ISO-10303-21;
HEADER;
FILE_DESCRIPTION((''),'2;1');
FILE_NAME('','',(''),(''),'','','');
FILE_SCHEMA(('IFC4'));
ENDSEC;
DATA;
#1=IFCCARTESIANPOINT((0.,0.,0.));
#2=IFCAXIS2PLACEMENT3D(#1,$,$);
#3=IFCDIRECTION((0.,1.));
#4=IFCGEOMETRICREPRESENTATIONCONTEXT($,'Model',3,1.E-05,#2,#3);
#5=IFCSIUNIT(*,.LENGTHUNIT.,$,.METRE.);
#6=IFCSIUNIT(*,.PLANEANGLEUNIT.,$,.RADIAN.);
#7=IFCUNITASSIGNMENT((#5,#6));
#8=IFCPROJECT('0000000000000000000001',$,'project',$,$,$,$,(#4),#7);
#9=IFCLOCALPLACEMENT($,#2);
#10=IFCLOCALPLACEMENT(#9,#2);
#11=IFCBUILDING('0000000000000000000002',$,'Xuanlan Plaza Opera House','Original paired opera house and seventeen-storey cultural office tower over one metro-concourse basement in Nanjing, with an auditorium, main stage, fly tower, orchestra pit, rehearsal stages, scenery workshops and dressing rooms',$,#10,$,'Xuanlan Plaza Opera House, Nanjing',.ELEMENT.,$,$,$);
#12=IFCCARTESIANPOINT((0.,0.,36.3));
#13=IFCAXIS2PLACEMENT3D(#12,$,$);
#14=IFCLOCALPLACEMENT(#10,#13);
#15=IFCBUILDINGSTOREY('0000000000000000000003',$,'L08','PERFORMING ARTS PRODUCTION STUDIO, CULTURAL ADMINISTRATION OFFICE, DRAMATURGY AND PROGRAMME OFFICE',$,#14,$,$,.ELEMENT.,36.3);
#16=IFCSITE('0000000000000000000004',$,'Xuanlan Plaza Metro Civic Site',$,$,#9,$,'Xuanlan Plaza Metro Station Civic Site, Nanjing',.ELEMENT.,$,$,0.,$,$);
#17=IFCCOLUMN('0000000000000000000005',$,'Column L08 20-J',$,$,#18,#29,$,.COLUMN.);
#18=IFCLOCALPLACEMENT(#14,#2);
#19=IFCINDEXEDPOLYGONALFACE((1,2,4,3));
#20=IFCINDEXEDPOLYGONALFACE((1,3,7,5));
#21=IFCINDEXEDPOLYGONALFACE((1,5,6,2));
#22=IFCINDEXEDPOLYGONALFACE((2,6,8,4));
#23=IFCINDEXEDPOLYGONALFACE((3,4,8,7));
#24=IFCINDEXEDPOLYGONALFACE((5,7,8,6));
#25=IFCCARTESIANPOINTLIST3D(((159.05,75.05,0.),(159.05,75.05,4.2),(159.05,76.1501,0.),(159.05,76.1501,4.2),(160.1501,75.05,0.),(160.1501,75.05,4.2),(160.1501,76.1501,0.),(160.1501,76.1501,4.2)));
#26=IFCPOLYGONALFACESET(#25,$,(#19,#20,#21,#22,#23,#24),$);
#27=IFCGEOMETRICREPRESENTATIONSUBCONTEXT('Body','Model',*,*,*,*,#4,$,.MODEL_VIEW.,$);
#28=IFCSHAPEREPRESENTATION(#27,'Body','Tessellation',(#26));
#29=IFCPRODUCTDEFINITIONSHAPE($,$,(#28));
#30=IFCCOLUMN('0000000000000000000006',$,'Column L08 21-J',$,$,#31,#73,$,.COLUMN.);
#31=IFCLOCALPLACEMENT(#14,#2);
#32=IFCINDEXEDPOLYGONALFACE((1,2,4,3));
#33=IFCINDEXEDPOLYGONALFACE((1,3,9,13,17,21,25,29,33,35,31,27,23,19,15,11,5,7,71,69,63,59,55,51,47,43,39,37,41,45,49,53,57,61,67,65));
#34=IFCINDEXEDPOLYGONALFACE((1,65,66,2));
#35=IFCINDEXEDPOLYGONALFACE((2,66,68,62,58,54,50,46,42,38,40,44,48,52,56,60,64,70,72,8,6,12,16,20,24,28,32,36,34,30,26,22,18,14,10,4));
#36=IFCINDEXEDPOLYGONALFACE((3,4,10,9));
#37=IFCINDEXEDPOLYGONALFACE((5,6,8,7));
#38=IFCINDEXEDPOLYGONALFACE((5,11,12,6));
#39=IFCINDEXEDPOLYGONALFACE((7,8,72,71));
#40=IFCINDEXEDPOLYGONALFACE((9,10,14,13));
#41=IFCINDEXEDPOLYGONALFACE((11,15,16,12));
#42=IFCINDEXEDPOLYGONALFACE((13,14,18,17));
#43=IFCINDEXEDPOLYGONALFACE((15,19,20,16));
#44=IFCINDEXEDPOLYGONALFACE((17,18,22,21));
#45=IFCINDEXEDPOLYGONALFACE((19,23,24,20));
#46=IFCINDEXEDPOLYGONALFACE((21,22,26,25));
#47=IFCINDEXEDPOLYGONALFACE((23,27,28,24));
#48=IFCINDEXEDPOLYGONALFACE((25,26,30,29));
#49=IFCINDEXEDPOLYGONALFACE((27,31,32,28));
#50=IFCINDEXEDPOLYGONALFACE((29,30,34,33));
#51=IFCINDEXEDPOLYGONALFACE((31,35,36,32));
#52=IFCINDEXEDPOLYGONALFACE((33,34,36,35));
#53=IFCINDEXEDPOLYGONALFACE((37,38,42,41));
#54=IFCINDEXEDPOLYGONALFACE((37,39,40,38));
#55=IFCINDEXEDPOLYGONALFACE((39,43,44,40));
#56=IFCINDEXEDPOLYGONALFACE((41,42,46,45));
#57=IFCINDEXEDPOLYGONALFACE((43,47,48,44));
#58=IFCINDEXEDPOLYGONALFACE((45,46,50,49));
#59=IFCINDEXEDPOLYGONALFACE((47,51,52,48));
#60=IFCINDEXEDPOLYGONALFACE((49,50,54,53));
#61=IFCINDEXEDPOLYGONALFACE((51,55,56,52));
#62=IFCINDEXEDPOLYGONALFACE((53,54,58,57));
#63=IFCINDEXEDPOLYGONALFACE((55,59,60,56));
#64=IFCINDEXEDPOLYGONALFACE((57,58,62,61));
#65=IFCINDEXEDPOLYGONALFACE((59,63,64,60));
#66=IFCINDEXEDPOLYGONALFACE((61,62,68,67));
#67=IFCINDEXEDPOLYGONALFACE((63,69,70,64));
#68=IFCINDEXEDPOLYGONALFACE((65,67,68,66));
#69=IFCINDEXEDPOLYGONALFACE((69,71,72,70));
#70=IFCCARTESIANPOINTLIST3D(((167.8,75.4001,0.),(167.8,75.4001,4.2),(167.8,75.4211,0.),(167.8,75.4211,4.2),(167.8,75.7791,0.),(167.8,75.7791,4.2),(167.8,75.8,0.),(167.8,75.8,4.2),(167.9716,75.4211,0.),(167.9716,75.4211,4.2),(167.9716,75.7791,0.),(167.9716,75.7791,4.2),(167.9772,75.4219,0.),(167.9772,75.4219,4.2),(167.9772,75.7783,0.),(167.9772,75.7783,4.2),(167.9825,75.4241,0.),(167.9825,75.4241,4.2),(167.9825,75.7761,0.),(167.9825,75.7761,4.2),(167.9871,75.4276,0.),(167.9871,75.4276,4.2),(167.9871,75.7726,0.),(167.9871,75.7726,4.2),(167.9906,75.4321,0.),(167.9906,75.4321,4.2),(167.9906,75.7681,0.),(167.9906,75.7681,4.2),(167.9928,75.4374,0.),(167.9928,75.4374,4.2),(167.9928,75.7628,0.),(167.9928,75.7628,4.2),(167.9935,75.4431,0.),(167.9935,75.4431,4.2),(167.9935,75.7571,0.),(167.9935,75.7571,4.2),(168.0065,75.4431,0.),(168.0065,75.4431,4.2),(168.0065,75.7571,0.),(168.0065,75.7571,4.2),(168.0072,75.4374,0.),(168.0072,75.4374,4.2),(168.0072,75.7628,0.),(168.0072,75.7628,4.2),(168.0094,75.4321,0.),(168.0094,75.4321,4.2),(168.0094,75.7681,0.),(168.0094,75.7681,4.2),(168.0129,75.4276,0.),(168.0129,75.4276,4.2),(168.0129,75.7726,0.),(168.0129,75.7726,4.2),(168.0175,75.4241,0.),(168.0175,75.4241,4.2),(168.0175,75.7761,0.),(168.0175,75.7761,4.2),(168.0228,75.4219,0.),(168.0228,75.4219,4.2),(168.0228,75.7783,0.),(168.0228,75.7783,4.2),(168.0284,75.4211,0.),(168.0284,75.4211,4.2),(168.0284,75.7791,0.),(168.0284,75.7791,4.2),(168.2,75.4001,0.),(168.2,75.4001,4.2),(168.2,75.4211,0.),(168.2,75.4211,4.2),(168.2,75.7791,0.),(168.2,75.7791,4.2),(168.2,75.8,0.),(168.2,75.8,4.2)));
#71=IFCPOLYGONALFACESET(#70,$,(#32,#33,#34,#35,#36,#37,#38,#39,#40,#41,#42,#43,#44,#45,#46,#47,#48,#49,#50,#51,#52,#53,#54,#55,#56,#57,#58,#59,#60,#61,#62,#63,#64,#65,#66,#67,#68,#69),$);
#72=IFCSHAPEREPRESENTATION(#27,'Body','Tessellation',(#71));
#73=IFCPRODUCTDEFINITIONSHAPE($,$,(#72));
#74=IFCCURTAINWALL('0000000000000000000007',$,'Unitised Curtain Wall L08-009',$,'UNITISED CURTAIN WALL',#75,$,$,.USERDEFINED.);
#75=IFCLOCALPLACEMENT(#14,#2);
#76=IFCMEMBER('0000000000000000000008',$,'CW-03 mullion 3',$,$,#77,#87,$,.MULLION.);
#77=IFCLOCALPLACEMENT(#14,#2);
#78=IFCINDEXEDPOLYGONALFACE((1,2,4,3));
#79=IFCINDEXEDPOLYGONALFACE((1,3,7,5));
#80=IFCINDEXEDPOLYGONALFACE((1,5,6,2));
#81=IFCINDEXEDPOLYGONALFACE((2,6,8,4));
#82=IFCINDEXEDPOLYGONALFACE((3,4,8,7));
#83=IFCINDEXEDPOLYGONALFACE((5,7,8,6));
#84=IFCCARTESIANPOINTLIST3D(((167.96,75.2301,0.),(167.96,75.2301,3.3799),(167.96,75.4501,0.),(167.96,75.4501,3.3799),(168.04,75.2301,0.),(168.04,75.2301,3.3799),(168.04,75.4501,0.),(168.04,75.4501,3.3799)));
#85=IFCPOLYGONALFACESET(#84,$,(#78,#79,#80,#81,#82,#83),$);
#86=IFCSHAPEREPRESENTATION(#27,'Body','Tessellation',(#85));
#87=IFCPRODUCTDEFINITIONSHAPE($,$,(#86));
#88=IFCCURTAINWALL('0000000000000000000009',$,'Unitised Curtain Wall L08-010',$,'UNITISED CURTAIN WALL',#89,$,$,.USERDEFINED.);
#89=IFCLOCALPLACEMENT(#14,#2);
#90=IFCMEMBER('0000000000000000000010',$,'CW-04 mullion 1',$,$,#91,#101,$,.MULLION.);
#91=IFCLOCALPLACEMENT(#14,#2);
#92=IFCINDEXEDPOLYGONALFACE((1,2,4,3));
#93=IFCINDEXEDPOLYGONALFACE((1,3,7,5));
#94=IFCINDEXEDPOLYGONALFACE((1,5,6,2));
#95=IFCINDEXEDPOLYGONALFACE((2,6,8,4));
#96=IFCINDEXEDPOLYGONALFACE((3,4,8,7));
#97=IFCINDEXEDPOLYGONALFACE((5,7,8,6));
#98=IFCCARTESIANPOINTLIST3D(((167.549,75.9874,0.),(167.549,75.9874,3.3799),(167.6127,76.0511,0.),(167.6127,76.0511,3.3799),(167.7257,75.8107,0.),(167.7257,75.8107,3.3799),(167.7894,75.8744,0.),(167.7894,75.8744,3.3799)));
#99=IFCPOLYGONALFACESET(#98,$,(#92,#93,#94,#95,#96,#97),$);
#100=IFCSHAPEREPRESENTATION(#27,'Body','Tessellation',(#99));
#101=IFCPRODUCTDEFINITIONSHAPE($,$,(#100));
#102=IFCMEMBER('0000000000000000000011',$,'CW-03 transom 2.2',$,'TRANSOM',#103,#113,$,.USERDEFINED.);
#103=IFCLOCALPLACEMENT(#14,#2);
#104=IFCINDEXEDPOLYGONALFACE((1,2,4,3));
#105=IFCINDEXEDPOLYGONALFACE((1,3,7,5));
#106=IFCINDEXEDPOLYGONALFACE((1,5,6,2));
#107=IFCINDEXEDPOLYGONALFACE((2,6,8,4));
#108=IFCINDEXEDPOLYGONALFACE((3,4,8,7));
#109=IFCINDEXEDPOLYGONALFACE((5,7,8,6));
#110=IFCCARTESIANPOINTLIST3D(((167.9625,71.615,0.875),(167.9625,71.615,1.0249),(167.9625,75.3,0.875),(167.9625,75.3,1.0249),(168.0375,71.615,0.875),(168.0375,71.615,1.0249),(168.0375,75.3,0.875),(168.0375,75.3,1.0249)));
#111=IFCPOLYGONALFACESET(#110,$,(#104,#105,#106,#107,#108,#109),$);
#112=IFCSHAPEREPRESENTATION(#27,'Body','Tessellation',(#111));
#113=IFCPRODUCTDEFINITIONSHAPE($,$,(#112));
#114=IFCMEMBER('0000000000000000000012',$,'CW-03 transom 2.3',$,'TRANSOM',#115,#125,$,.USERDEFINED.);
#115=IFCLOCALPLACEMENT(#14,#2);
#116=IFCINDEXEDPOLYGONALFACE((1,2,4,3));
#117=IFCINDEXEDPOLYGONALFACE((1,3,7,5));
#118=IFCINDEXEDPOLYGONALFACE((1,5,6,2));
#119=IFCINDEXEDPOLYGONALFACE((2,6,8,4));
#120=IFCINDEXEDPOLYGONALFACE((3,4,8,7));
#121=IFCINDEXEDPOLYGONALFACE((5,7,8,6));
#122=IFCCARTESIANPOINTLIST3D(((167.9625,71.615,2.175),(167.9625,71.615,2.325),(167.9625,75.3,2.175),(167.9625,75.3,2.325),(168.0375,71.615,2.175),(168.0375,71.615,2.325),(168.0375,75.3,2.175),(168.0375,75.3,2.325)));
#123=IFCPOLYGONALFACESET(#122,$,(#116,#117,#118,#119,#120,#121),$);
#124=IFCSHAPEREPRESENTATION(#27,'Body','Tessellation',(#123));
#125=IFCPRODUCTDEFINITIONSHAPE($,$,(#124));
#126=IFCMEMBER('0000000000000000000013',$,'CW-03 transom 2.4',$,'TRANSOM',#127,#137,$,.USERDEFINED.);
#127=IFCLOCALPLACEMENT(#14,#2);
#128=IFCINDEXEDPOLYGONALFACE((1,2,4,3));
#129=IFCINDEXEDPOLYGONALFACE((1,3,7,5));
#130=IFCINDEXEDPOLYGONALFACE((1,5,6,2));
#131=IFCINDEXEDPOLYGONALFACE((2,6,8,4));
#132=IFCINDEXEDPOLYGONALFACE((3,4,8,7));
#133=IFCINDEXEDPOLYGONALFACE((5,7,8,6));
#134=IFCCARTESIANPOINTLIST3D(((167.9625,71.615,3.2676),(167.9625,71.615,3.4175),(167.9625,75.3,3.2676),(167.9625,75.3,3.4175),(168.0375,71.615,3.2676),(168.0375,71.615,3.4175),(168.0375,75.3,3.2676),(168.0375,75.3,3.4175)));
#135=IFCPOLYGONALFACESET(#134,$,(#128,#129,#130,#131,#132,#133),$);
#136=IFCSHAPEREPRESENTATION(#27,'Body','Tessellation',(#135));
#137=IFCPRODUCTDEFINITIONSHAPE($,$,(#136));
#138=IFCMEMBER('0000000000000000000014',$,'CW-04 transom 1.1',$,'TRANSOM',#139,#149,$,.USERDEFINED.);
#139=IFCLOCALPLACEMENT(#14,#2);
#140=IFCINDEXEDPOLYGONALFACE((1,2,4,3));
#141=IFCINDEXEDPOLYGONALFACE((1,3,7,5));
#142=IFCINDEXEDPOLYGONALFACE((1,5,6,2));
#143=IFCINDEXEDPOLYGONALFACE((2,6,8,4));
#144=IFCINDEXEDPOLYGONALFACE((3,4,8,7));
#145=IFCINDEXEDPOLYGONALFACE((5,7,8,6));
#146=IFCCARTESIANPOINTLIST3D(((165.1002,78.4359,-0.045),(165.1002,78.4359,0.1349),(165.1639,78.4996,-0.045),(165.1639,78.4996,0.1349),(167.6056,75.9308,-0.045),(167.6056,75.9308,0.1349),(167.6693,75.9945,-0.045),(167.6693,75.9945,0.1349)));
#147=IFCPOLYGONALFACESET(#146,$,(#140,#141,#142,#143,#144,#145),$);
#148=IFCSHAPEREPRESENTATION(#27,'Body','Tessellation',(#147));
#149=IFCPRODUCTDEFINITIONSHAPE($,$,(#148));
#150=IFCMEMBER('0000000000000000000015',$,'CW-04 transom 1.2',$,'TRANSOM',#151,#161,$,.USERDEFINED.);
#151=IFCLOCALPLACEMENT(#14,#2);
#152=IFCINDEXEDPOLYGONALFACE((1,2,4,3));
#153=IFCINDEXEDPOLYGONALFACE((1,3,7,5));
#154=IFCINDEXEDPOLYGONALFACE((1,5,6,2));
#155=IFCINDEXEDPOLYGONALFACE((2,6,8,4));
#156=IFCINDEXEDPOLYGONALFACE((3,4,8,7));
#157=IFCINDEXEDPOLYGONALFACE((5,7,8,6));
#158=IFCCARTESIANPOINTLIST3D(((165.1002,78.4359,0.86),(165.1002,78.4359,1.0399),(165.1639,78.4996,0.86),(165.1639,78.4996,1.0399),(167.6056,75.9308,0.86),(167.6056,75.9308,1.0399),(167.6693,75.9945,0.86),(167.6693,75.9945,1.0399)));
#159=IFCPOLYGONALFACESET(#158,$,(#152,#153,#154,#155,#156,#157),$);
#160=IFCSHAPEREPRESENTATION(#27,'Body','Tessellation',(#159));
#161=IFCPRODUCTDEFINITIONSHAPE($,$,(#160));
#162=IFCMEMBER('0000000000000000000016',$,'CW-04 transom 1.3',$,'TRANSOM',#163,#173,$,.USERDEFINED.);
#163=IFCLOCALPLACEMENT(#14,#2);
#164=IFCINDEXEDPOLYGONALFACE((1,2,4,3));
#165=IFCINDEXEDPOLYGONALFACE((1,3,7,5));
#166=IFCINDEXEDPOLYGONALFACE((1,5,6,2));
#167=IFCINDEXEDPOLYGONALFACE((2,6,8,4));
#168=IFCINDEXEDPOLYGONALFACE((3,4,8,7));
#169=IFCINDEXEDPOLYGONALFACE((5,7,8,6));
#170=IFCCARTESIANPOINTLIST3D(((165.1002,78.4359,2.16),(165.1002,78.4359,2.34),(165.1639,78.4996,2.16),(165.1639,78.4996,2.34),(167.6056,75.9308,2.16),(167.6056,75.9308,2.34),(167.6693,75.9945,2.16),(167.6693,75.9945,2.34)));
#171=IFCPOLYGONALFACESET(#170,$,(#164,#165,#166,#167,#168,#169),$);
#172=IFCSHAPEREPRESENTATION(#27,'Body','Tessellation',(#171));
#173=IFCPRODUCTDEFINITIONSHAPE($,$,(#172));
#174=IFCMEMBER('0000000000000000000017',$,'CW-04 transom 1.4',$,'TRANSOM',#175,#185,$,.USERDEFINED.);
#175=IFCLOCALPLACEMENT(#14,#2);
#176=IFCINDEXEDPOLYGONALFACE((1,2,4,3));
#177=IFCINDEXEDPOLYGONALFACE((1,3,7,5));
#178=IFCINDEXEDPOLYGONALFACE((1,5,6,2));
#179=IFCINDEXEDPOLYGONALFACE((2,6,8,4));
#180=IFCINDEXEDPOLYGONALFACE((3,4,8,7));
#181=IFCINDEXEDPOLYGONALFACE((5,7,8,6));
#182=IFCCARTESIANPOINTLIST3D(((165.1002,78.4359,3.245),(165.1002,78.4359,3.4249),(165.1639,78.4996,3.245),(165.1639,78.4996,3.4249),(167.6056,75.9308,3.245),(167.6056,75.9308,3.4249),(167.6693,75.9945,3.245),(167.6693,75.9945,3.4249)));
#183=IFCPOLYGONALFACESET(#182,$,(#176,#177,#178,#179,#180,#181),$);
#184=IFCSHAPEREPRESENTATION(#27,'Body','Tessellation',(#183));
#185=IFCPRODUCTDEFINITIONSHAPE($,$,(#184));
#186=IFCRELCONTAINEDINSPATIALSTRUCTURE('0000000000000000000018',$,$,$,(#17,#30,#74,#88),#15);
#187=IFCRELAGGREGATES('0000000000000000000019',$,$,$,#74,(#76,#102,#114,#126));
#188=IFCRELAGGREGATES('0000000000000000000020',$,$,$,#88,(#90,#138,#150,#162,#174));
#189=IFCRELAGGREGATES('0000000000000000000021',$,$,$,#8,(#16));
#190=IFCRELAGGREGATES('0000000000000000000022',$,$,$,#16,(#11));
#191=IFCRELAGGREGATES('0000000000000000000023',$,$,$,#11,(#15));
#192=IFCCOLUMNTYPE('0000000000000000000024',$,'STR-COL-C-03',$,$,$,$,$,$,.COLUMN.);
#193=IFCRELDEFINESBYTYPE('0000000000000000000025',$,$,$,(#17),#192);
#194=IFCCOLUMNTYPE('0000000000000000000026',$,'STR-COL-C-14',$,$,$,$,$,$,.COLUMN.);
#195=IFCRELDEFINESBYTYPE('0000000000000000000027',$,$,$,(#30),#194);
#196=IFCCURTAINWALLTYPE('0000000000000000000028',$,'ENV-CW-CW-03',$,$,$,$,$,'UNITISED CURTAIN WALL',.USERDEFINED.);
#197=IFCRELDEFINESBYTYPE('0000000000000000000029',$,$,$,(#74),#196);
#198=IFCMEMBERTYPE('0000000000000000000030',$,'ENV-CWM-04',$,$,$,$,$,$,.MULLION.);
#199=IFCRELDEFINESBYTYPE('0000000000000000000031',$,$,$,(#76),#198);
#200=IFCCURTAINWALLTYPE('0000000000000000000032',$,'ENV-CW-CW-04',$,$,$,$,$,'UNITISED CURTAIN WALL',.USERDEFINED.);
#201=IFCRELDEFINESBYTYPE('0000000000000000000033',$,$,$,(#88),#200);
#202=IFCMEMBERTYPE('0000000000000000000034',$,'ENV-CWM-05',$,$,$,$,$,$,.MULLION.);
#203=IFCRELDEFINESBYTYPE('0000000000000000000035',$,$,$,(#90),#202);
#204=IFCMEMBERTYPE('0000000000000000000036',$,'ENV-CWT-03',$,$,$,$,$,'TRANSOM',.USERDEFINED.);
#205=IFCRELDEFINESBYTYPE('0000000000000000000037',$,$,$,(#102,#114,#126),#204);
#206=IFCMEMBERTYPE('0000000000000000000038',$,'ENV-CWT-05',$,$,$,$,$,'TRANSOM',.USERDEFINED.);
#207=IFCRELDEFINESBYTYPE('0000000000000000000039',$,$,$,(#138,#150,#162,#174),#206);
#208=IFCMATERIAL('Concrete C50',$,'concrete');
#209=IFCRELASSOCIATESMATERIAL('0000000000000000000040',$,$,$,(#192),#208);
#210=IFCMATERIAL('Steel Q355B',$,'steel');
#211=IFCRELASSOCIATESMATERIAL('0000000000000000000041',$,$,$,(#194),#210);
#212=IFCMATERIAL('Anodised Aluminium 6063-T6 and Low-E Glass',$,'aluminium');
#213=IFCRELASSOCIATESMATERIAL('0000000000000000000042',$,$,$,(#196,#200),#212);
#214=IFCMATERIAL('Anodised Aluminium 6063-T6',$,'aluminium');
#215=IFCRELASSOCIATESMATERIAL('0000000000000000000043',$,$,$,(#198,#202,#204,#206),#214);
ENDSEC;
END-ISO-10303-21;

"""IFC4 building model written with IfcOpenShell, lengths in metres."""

from ifc_helpers import new_model, si_unit, direction, frame, origin, origin_2d, place, context, subcontext, project, spatial, rectangle, i_section, extrude, material, material_profile, profile_set, type_object, element, aggregate, save


model = new_model("IFC4")

# Units and contexts
model_context = context("Model", 3, precision=1e-05, world=origin(), true_north=direction((0.0, 1.0)))
body_context = subcontext(model_context, "Body", "Model", "MODEL_VIEW")
ifc_project = project(units=[si_unit("LENGTHUNIT", "METRE"), si_unit("PLANEANGLEUNIT", "RADIAN")], contexts=[model_context])

# Site, building, storey
site_placement = place(None, origin())
site = spatial("IfcSite", under=ifc_project, at=site_placement, Name="Xuanlan Plaza Metro Civic Site", LongName="Xuanlan Plaza Metro Station Civic Site, Nanjing", CompositionType="ELEMENT", RefElevation=0.0)
building_placement = place(site_placement, origin())
building = spatial("IfcBuilding", under=site, at=building_placement, Name="Xuanlan Plaza Opera House", Description="Original paired opera house and seventeen-storey cultural office tower over one metro-concourse basement in Nanjing, with an auditorium, main stage, fly tower, orchestra pit, rehearsal stages, scenery workshops and dressing rooms", LongName="Xuanlan Plaza Opera House, Nanjing", CompositionType="ELEMENT")
storey_placement = place(building_placement, frame((0.0, 0.0, 36.3)))
storey = spatial("IfcBuildingStorey", under=building, at=storey_placement, Name="L08", Description="PERFORMING ARTS PRODUCTION STUDIO, CULTURAL ADMINISTRATION OFFICE, DRAMATURGY AND PROGRAMME OFFICE", CompositionType="ELEMENT", Elevation=36.3)

# Columns
ifc_material_1 = material(Name="Concrete C50", Category="concrete")
ifc_material_profile_1 = material_profile(ifc_material_1, rectangle(XDim=1.1001, YDim=1.1001, at=origin_2d()), Name="RC-COL 1100x1100")
ifc_profile_set_1 = profile_set([ifc_material_profile_1], Name="Concrete C50")
column_type_1 = type_object("IfcColumnType", Name="STR-COL-C-03", PredefinedType="COLUMN", material=ifc_profile_set_1)
column_1_placement = place(storey_placement, frame((159.6001, 75.6001, 0.0), z_axis=(0.0, 0.0, 1.0), x_axis=(1.0, 0.0, 0.0)))
element("IfcColumn", 1, at=column_1_placement, inside=storey, type_object=column_type_1, Name="Column L08 20-J", PredefinedType="COLUMN", context=body_context, shape_type="SweptSolid", body=[
    extrude(rectangle(XDim=1.1001, YDim=1.1001, at=origin_2d()), origin(), (0.0, 0.0, 1.0), 4.2),
])
ifc_material_2 = material(Name="Steel Q355B", Category="steel")
ifc_material_profile_2 = material_profile(ifc_material_2, i_section(OverallWidth=0.3999, OverallDepth=0.3999, WebThickness=0.0129, FlangeThickness=0.021, FilletRadius=0.022, at=origin_2d()), Name="HW 400x400x13x21")
ifc_profile_set_2 = profile_set([ifc_material_profile_2], Name="Steel Q355B")
column_type_2 = type_object("IfcColumnType", Name="STR-COL-C-14", PredefinedType="COLUMN", material=ifc_profile_set_2)
column_2_placement = place(storey_placement, frame((168.0, 75.6001, 0.0), z_axis=(0.0, 0.0, 1.0), x_axis=(1.0, 0.0, 0.0)))
element("IfcColumn", 2, at=column_2_placement, inside=storey, type_object=column_type_2, Name="Column L08 21-J", PredefinedType="COLUMN", context=body_context, shape_type="SweptSolid", body=[
    extrude(i_section(OverallWidth=0.3999, OverallDepth=0.3999, WebThickness=0.0129, FlangeThickness=0.021, FilletRadius=0.022, at=origin_2d()), origin(), (0.0, 0.0, 1.0), 4.2),
])

# Curtain walls, members
ifc_material_3 = material(Name="Anodised Aluminium 6063-T6 and Low-E Glass", Category="aluminium")
curtain_wall_type_1 = type_object("IfcCurtainWallType", Name="ENV-CW-CW-03", ElementType="UNITISED CURTAIN WALL", PredefinedType="USERDEFINED", material=ifc_material_3)
curtain_wall_1_placement = place(storey_placement, origin())
curtain_wall_1 = element("IfcCurtainWall", 3, at=curtain_wall_1_placement, inside=storey, type_object=curtain_wall_type_1, Name="Unitised Curtain Wall L08-009", ObjectType="UNITISED CURTAIN WALL", PredefinedType="USERDEFINED")
ifc_material_4 = material(Name="Anodised Aluminium 6063-T6", Category="aluminium")
ifc_material_profile_3 = material_profile(ifc_material_4, rectangle(XDim=0.0801, YDim=0.22, at=origin_2d()), Name="ALU-M 80x220")
ifc_profile_set_3 = profile_set([ifc_material_profile_3], Name="Anodised Aluminium 6063-T6")
member_type_1 = type_object("IfcMemberType", Name="ENV-CWM-04", PredefinedType="MULLION", material=ifc_profile_set_3)
member_1_placement = place(storey_placement, frame((168.0, 75.3401, 0.0), z_axis=(0.0, 0.0, 1.0), x_axis=(-1.0, 0.0, 0.0)))
member_1 = element("IfcMember", 4, at=member_1_placement, type_object=member_type_1, Name="CW-03 mullion 3", PredefinedType="MULLION", context=body_context, shape_type="SweptSolid", body=[
    extrude(rectangle(XDim=0.0801, YDim=0.22, at=origin_2d()), origin(), (0.0, 0.0, 1.0), 3.3799),
])
curtain_wall_type_2 = type_object("IfcCurtainWallType", Name="ENV-CW-CW-04", ElementType="UNITISED CURTAIN WALL", PredefinedType="USERDEFINED", material=ifc_material_3)
curtain_wall_2_placement = place(storey_placement, origin())
curtain_wall_2 = element("IfcCurtainWall", 5, at=curtain_wall_2_placement, inside=storey, type_object=curtain_wall_type_2, Name="Unitised Curtain Wall L08-010", ObjectType="UNITISED CURTAIN WALL", PredefinedType="USERDEFINED")
ifc_material_profile_4 = material_profile(ifc_material_4, rectangle(XDim=0.0901, YDim=0.25, at=origin_2d()), Name="ALU-M 90x250")
ifc_profile_set_4 = profile_set([ifc_material_profile_4], Name="Anodised Aluminium 6063-T6")
member_type_2 = type_object("IfcMemberType", Name="ENV-CWM-05", PredefinedType="MULLION", material=ifc_profile_set_4)
member_2_placement = place(storey_placement, frame((167.6692, 75.9309, 0.0), z_axis=(0.0, 0.0, 1.0), x_axis=(-0.707107, -0.707107, 0.0)))
member_2 = element("IfcMember", 6, at=member_2_placement, type_object=member_type_2, Name="CW-04 mullion 1", PredefinedType="MULLION", context=body_context, shape_type="SweptSolid", body=[
    extrude(rectangle(XDim=0.0901, YDim=0.25, at=origin_2d()), origin(), (0.0, 0.0, 1.0), 3.3799),
])

# Members
ifc_material_profile_5 = material_profile(ifc_material_4, rectangle(XDim=0.075, YDim=0.1499, at=origin_2d()), Name="ALU-T 75x150")
ifc_profile_set_5 = profile_set([ifc_material_profile_5], Name="Anodised Aluminium 6063-T6")
member_type_3 = type_object("IfcMemberType", Name="ENV-CWT-03", ElementType="TRANSOM", PredefinedType="USERDEFINED", material=ifc_profile_set_5)
member_3_placement = place(storey_placement, frame((168.0, 71.615, 0.95), z_axis=(0.0, 1.0, 0.0), x_axis=(-1.0, 0.0, 0.0)))
member_3 = element("IfcMember", 7, at=member_3_placement, type_object=member_type_3, Name="CW-03 transom 2.2", ObjectType="TRANSOM", PredefinedType="USERDEFINED", context=body_context, shape_type="SweptSolid", body=[
    extrude(rectangle(XDim=0.075, YDim=0.1499, at=origin_2d()), origin(), (0.0, 0.0, 1.0), 3.6851),
])
member_4_placement = place(storey_placement, frame((168.0, 71.615, 2.25), z_axis=(0.0, 1.0, 0.0), x_axis=(-1.0, 0.0, 0.0)))
member_4 = element("IfcMember", 8, at=member_4_placement, type_object=member_type_3, Name="CW-03 transom 2.3", ObjectType="TRANSOM", PredefinedType="USERDEFINED", context=body_context, shape_type="SweptSolid", body=[
    extrude(rectangle(XDim=0.075, YDim=0.1499, at=origin_2d()), origin(), (0.0, 0.0, 1.0), 3.6851),
])
member_5_placement = place(storey_placement, frame((168.0, 71.615, 3.3425), z_axis=(0.0, 1.0, 0.0), x_axis=(-1.0, 0.0, 0.0)))
member_5 = element("IfcMember", 9, at=member_5_placement, type_object=member_type_3, Name="CW-03 transom 2.4", ObjectType="TRANSOM", PredefinedType="USERDEFINED", context=body_context, shape_type="SweptSolid", body=[
    extrude(rectangle(XDim=0.075, YDim=0.1499, at=origin_2d()), origin(), (0.0, 0.0, 1.0), 3.6851),
])
ifc_material_profile_6 = material_profile(ifc_material_4, rectangle(XDim=0.0901, YDim=0.1799, at=origin_2d()), Name="ALU-T 90x180")
ifc_profile_set_6 = profile_set([ifc_material_profile_6], Name="Anodised Aluminium 6063-T6")
member_type_4 = type_object("IfcMemberType", Name="ENV-CWT-05", ElementType="TRANSOM", PredefinedType="USERDEFINED", material=ifc_profile_set_6)
member_6_placement = place(storey_placement, frame((167.6375, 75.9626, 0.0449), z_axis=(-0.707141, 0.707072, 0.0), x_axis=(-0.707072, -0.707141, 0.0)))
member_6 = element("IfcMember", 10, at=member_6_placement, type_object=member_type_4, Name="CW-04 transom 1.1", ObjectType="TRANSOM", PredefinedType="USERDEFINED", context=body_context, shape_type="SweptSolid", body=[
    extrude(rectangle(XDim=0.0901, YDim=0.1799, at=origin_2d()), origin(), (0.0, 0.0, 1.0), 3.543),
])
member_7_placement = place(storey_placement, frame((167.6375, 75.9626, 0.95), z_axis=(-0.707141, 0.707072, 0.0), x_axis=(-0.707072, -0.707141, 0.0)))
member_7 = element("IfcMember", 11, at=member_7_placement, type_object=member_type_4, Name="CW-04 transom 1.2", ObjectType="TRANSOM", PredefinedType="USERDEFINED", context=body_context, shape_type="SweptSolid", body=[
    extrude(rectangle(XDim=0.0901, YDim=0.1799, at=origin_2d()), origin(), (0.0, 0.0, 1.0), 3.543),
])
member_8_placement = place(storey_placement, frame((167.6375, 75.9626, 2.25), z_axis=(-0.707141, 0.707072, 0.0), x_axis=(-0.707072, -0.707141, 0.0)))
member_8 = element("IfcMember", 12, at=member_8_placement, type_object=member_type_4, Name="CW-04 transom 1.3", ObjectType="TRANSOM", PredefinedType="USERDEFINED", context=body_context, shape_type="SweptSolid", body=[
    extrude(rectangle(XDim=0.0901, YDim=0.1799, at=origin_2d()), origin(), (0.0, 0.0, 1.0), 3.543),
])
member_9_placement = place(storey_placement, frame((167.6375, 75.9626, 3.335), z_axis=(-0.707141, 0.707072, 0.0), x_axis=(-0.707072, -0.707141, 0.0)))
member_9 = element("IfcMember", 13, at=member_9_placement, type_object=member_type_4, Name="CW-04 transom 1.4", ObjectType="TRANSOM", PredefinedType="USERDEFINED", context=body_context, shape_type="SweptSolid", body=[
    extrude(rectangle(XDim=0.0901, YDim=0.1799, at=origin_2d()), origin(), (0.0, 0.0, 1.0), 3.543),
])

aggregate(curtain_wall_1, [member_1, member_3, member_4, member_5])
aggregate(curtain_wall_2, [member_2, member_6, member_7, member_8, member_9])

save(model, "model.ifc")
